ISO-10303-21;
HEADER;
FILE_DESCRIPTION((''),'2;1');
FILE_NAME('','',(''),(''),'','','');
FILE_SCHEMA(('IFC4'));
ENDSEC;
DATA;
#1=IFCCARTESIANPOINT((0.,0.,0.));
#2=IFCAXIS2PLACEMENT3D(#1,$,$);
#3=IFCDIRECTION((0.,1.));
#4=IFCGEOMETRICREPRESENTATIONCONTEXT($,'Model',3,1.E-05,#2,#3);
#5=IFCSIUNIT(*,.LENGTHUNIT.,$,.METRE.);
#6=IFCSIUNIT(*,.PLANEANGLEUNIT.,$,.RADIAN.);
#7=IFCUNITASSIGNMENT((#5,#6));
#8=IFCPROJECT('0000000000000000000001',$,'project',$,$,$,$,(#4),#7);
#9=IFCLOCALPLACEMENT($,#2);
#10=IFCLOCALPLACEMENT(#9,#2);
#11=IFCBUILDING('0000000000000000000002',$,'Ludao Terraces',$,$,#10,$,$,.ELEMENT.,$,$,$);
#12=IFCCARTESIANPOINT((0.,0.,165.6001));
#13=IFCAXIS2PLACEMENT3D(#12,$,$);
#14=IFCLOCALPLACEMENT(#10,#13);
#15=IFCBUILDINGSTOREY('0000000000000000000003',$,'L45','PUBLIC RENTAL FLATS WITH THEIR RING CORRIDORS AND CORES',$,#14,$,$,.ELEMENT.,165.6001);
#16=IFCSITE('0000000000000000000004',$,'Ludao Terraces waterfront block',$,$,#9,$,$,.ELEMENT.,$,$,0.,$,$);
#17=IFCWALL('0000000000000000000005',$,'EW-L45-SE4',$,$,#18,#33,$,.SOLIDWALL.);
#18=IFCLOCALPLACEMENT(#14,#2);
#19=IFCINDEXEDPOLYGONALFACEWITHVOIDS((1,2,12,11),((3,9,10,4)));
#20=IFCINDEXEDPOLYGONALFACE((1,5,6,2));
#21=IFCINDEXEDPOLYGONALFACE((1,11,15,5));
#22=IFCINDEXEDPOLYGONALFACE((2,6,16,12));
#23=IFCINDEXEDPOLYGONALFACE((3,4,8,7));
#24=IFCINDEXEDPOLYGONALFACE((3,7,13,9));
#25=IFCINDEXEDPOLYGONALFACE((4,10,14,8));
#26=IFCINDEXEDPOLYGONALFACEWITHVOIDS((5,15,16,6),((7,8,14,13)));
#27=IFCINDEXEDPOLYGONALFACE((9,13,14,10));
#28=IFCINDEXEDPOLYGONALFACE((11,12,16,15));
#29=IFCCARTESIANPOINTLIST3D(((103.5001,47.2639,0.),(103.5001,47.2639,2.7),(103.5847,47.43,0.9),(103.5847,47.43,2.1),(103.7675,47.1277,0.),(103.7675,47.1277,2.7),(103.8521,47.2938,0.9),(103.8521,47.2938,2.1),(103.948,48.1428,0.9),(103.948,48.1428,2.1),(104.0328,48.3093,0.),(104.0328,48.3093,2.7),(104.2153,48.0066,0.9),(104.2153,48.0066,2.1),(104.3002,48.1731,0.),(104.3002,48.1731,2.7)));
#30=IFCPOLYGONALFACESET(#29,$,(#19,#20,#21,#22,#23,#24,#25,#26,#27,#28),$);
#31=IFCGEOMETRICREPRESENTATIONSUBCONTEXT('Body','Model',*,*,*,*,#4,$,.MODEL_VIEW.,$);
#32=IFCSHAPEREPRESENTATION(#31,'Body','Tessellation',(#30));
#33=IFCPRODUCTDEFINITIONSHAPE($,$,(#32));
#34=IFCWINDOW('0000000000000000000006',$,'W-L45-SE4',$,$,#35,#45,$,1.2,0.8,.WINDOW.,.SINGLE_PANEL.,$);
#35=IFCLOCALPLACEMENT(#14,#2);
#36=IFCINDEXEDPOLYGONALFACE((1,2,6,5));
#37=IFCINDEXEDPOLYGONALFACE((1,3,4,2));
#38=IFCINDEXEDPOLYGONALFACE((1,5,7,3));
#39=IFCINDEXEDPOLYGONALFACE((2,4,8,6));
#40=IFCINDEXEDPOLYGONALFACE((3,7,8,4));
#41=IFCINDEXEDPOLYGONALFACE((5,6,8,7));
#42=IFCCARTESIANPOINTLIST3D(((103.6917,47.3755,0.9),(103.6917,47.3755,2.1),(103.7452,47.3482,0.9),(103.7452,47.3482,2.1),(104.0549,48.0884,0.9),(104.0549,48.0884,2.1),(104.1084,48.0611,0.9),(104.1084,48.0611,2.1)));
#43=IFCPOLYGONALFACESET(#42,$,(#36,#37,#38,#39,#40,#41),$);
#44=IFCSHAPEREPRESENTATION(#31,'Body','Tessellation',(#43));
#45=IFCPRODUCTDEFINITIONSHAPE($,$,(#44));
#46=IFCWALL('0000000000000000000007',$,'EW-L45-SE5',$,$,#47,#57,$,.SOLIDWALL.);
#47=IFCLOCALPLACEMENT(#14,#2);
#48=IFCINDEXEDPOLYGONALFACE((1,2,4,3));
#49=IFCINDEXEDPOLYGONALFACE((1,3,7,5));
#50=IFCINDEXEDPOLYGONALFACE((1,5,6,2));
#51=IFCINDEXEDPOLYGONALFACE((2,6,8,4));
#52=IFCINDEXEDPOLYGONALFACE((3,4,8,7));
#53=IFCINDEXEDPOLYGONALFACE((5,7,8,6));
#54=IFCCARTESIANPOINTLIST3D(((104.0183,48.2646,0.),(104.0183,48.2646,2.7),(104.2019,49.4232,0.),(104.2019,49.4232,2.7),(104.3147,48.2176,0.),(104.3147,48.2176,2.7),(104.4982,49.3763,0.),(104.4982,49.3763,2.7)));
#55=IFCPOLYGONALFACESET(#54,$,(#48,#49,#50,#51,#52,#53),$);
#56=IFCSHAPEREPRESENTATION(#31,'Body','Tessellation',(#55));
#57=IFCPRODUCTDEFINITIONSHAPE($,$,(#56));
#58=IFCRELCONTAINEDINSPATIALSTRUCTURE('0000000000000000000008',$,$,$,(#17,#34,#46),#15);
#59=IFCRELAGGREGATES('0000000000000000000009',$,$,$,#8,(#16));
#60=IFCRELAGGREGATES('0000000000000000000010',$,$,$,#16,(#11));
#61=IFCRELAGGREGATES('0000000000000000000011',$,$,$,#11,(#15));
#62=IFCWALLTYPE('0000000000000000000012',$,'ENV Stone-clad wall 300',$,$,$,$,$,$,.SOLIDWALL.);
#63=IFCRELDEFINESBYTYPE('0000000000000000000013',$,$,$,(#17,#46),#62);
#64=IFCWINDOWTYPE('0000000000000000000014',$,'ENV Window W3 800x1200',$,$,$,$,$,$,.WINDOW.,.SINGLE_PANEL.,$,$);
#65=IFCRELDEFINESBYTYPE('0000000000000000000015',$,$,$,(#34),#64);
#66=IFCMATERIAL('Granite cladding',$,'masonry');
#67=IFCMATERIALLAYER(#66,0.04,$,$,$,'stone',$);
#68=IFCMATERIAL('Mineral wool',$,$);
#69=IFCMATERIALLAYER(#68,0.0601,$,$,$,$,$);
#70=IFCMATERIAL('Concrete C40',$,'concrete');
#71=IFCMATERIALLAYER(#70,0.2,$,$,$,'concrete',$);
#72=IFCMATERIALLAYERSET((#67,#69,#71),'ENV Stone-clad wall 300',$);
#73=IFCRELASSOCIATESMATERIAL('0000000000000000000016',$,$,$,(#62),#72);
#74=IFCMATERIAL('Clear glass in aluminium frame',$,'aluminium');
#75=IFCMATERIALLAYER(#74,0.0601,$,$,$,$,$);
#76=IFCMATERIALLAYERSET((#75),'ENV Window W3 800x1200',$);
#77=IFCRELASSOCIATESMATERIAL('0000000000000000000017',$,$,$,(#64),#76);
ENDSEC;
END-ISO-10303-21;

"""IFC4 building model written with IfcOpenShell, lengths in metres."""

from ifc_helpers import new_model, si_unit, direction, frame, frame_2d, origin, place, context, subcontext, project, spatial, rectangle, extrude, material, layer, layer_set, type_object, element, fill, save


model = new_model("IFC4")

# Units and contexts
model_context = context("Model", 3, precision=1e-05, world=origin(), true_north=direction((0.0, 1.0)))
body_context = subcontext(model_context, "Body", "Model", "MODEL_VIEW")
ifc_project = project(units=[si_unit("LENGTHUNIT", "METRE"), si_unit("PLANEANGLEUNIT", "RADIAN")], contexts=[model_context])

# Site, building, storey
site_placement = place(None, origin())
site = spatial("IfcSite", under=ifc_project, at=site_placement, Name="Ludao Terraces waterfront block", CompositionType="ELEMENT", RefElevation=0.0)
building_placement = place(site_placement, origin())
building = spatial("IfcBuilding", under=site, at=building_placement, Name="Ludao Terraces", CompositionType="ELEMENT")
storey_placement = place(building_placement, frame((0.0, 0.0, 165.6001)))
storey = spatial("IfcBuildingStorey", under=building, at=storey_placement, Name="L45", Description="PUBLIC RENTAL FLATS WITH THEIR RING CORRIDORS AND CORES", CompositionType="ELEMENT", Elevation=165.6001)

# Shared definitions
ifc_material_1 = material(Name="Concrete C40", Category="concrete")

# Wall, opening, window
ifc_material_2 = material(Name="Granite cladding", Category="masonry")
ifc_layer_1 = layer(ifc_material_2, 0.04, Category="stone")
ifc_material_3 = material(Name="Mineral wool")
ifc_layer_2 = layer(ifc_material_3, 0.0601)
ifc_layer_3 = layer(ifc_material_1, 0.2, Category="concrete")
ifc_layer_set_1 = layer_set([ifc_layer_1, ifc_layer_2, ifc_layer_3], Name="ENV Stone-clad wall 300")
wall_type = type_object("IfcWallType", Name="ENV Stone-clad wall 300", PredefinedType="SOLIDWALL", material=ifc_layer_set_1)
ifc_material_4 = material(Name="Clear glass in aluminium frame", Category="aluminium")
ifc_layer_4 = layer(ifc_material_4, 0.0601)
ifc_layer_set_2 = layer_set([ifc_layer_4], Name="ENV Window W3 800x1200")
window_type_1 = type_object("IfcWindowType", Name="ENV Window W3 800x1200", PartitioningType="SINGLE_PANEL", PredefinedType="WINDOW", material=ifc_layer_set_2)
wall_1_placement = place(storey_placement, frame((103.6338, 47.1958, 0.0), z_axis=(0.0, 0.0, 1.0), x_axis=(0.454026, 0.890989, 0.0)))
wall_1 = element("IfcWall", 1, at=wall_1_placement, inside=storey, type_object=wall_type, Name="EW-L45-SE4", PredefinedType="SOLIDWALL", context=body_context, shape_type="SweptSolid", body=[
    extrude(rectangle(XDim=1.1733, YDim=0.3, at=frame_2d((0.5867, 0.0))), origin(), (0.0, 0.0, 1.0), 2.7),
])
opening_1_placement = place(wall_1_placement, frame((0.1865, 0.0, 0.8999)))
opening_1 = element("IfcOpeningElement", 2, at=opening_1_placement, cuts=wall_1, PredefinedType="OPENING", context=body_context, shape_type="SweptSolid", body=[
    extrude(rectangle(XDim=0.8, YDim=1.2, at=frame_2d((0.3999, 0.6001))), frame((0.0, 0.1602, 0.0), z_axis=(0.0, -1.0, 0.0), x_axis=(1.0, 0.0, 0.0)), (0.0, 0.0, 1.0), 0.3201),
])
window_1_placement = place(opening_1_placement, origin())
window_1 = element("IfcWindow", 3, at=window_1_placement, inside=storey, type_object=window_type_1, Name="W-L45-SE4", OverallHeight=1.2, OverallWidth=0.8, PartitioningType="SINGLE_PANEL", PredefinedType="WINDOW", context=body_context, shape_type="SweptSolid", body=[
    extrude(rectangle(XDim=0.8, YDim=1.2, at=frame_2d((0.3999, 0.6001))), frame((0.0, 0.03, 0.0), z_axis=(0.0, -1.0, 0.0), x_axis=(1.0, 0.0, 0.0)), (0.0, 0.0, 1.0), 0.0601),
])
fill(opening_1, window_1)

# Wall
wall_2_placement = place(storey_placement, frame((104.1665, 48.2412, 0.0), z_axis=(0.0, 0.0, 1.0), x_axis=(0.156497, 0.987678, 0.0)))
element("IfcWall", 4, at=wall_2_placement, inside=storey, type_object=wall_type, Name="EW-L45-SE5", PredefinedType="SOLIDWALL", context=body_context, shape_type="SweptSolid", body=[
    extrude(rectangle(XDim=1.1731, YDim=0.3, at=frame_2d((0.5864, 0.0))), origin(), (0.0, 0.0, 1.0), 2.7),
])

save(model, "model.ifc")
